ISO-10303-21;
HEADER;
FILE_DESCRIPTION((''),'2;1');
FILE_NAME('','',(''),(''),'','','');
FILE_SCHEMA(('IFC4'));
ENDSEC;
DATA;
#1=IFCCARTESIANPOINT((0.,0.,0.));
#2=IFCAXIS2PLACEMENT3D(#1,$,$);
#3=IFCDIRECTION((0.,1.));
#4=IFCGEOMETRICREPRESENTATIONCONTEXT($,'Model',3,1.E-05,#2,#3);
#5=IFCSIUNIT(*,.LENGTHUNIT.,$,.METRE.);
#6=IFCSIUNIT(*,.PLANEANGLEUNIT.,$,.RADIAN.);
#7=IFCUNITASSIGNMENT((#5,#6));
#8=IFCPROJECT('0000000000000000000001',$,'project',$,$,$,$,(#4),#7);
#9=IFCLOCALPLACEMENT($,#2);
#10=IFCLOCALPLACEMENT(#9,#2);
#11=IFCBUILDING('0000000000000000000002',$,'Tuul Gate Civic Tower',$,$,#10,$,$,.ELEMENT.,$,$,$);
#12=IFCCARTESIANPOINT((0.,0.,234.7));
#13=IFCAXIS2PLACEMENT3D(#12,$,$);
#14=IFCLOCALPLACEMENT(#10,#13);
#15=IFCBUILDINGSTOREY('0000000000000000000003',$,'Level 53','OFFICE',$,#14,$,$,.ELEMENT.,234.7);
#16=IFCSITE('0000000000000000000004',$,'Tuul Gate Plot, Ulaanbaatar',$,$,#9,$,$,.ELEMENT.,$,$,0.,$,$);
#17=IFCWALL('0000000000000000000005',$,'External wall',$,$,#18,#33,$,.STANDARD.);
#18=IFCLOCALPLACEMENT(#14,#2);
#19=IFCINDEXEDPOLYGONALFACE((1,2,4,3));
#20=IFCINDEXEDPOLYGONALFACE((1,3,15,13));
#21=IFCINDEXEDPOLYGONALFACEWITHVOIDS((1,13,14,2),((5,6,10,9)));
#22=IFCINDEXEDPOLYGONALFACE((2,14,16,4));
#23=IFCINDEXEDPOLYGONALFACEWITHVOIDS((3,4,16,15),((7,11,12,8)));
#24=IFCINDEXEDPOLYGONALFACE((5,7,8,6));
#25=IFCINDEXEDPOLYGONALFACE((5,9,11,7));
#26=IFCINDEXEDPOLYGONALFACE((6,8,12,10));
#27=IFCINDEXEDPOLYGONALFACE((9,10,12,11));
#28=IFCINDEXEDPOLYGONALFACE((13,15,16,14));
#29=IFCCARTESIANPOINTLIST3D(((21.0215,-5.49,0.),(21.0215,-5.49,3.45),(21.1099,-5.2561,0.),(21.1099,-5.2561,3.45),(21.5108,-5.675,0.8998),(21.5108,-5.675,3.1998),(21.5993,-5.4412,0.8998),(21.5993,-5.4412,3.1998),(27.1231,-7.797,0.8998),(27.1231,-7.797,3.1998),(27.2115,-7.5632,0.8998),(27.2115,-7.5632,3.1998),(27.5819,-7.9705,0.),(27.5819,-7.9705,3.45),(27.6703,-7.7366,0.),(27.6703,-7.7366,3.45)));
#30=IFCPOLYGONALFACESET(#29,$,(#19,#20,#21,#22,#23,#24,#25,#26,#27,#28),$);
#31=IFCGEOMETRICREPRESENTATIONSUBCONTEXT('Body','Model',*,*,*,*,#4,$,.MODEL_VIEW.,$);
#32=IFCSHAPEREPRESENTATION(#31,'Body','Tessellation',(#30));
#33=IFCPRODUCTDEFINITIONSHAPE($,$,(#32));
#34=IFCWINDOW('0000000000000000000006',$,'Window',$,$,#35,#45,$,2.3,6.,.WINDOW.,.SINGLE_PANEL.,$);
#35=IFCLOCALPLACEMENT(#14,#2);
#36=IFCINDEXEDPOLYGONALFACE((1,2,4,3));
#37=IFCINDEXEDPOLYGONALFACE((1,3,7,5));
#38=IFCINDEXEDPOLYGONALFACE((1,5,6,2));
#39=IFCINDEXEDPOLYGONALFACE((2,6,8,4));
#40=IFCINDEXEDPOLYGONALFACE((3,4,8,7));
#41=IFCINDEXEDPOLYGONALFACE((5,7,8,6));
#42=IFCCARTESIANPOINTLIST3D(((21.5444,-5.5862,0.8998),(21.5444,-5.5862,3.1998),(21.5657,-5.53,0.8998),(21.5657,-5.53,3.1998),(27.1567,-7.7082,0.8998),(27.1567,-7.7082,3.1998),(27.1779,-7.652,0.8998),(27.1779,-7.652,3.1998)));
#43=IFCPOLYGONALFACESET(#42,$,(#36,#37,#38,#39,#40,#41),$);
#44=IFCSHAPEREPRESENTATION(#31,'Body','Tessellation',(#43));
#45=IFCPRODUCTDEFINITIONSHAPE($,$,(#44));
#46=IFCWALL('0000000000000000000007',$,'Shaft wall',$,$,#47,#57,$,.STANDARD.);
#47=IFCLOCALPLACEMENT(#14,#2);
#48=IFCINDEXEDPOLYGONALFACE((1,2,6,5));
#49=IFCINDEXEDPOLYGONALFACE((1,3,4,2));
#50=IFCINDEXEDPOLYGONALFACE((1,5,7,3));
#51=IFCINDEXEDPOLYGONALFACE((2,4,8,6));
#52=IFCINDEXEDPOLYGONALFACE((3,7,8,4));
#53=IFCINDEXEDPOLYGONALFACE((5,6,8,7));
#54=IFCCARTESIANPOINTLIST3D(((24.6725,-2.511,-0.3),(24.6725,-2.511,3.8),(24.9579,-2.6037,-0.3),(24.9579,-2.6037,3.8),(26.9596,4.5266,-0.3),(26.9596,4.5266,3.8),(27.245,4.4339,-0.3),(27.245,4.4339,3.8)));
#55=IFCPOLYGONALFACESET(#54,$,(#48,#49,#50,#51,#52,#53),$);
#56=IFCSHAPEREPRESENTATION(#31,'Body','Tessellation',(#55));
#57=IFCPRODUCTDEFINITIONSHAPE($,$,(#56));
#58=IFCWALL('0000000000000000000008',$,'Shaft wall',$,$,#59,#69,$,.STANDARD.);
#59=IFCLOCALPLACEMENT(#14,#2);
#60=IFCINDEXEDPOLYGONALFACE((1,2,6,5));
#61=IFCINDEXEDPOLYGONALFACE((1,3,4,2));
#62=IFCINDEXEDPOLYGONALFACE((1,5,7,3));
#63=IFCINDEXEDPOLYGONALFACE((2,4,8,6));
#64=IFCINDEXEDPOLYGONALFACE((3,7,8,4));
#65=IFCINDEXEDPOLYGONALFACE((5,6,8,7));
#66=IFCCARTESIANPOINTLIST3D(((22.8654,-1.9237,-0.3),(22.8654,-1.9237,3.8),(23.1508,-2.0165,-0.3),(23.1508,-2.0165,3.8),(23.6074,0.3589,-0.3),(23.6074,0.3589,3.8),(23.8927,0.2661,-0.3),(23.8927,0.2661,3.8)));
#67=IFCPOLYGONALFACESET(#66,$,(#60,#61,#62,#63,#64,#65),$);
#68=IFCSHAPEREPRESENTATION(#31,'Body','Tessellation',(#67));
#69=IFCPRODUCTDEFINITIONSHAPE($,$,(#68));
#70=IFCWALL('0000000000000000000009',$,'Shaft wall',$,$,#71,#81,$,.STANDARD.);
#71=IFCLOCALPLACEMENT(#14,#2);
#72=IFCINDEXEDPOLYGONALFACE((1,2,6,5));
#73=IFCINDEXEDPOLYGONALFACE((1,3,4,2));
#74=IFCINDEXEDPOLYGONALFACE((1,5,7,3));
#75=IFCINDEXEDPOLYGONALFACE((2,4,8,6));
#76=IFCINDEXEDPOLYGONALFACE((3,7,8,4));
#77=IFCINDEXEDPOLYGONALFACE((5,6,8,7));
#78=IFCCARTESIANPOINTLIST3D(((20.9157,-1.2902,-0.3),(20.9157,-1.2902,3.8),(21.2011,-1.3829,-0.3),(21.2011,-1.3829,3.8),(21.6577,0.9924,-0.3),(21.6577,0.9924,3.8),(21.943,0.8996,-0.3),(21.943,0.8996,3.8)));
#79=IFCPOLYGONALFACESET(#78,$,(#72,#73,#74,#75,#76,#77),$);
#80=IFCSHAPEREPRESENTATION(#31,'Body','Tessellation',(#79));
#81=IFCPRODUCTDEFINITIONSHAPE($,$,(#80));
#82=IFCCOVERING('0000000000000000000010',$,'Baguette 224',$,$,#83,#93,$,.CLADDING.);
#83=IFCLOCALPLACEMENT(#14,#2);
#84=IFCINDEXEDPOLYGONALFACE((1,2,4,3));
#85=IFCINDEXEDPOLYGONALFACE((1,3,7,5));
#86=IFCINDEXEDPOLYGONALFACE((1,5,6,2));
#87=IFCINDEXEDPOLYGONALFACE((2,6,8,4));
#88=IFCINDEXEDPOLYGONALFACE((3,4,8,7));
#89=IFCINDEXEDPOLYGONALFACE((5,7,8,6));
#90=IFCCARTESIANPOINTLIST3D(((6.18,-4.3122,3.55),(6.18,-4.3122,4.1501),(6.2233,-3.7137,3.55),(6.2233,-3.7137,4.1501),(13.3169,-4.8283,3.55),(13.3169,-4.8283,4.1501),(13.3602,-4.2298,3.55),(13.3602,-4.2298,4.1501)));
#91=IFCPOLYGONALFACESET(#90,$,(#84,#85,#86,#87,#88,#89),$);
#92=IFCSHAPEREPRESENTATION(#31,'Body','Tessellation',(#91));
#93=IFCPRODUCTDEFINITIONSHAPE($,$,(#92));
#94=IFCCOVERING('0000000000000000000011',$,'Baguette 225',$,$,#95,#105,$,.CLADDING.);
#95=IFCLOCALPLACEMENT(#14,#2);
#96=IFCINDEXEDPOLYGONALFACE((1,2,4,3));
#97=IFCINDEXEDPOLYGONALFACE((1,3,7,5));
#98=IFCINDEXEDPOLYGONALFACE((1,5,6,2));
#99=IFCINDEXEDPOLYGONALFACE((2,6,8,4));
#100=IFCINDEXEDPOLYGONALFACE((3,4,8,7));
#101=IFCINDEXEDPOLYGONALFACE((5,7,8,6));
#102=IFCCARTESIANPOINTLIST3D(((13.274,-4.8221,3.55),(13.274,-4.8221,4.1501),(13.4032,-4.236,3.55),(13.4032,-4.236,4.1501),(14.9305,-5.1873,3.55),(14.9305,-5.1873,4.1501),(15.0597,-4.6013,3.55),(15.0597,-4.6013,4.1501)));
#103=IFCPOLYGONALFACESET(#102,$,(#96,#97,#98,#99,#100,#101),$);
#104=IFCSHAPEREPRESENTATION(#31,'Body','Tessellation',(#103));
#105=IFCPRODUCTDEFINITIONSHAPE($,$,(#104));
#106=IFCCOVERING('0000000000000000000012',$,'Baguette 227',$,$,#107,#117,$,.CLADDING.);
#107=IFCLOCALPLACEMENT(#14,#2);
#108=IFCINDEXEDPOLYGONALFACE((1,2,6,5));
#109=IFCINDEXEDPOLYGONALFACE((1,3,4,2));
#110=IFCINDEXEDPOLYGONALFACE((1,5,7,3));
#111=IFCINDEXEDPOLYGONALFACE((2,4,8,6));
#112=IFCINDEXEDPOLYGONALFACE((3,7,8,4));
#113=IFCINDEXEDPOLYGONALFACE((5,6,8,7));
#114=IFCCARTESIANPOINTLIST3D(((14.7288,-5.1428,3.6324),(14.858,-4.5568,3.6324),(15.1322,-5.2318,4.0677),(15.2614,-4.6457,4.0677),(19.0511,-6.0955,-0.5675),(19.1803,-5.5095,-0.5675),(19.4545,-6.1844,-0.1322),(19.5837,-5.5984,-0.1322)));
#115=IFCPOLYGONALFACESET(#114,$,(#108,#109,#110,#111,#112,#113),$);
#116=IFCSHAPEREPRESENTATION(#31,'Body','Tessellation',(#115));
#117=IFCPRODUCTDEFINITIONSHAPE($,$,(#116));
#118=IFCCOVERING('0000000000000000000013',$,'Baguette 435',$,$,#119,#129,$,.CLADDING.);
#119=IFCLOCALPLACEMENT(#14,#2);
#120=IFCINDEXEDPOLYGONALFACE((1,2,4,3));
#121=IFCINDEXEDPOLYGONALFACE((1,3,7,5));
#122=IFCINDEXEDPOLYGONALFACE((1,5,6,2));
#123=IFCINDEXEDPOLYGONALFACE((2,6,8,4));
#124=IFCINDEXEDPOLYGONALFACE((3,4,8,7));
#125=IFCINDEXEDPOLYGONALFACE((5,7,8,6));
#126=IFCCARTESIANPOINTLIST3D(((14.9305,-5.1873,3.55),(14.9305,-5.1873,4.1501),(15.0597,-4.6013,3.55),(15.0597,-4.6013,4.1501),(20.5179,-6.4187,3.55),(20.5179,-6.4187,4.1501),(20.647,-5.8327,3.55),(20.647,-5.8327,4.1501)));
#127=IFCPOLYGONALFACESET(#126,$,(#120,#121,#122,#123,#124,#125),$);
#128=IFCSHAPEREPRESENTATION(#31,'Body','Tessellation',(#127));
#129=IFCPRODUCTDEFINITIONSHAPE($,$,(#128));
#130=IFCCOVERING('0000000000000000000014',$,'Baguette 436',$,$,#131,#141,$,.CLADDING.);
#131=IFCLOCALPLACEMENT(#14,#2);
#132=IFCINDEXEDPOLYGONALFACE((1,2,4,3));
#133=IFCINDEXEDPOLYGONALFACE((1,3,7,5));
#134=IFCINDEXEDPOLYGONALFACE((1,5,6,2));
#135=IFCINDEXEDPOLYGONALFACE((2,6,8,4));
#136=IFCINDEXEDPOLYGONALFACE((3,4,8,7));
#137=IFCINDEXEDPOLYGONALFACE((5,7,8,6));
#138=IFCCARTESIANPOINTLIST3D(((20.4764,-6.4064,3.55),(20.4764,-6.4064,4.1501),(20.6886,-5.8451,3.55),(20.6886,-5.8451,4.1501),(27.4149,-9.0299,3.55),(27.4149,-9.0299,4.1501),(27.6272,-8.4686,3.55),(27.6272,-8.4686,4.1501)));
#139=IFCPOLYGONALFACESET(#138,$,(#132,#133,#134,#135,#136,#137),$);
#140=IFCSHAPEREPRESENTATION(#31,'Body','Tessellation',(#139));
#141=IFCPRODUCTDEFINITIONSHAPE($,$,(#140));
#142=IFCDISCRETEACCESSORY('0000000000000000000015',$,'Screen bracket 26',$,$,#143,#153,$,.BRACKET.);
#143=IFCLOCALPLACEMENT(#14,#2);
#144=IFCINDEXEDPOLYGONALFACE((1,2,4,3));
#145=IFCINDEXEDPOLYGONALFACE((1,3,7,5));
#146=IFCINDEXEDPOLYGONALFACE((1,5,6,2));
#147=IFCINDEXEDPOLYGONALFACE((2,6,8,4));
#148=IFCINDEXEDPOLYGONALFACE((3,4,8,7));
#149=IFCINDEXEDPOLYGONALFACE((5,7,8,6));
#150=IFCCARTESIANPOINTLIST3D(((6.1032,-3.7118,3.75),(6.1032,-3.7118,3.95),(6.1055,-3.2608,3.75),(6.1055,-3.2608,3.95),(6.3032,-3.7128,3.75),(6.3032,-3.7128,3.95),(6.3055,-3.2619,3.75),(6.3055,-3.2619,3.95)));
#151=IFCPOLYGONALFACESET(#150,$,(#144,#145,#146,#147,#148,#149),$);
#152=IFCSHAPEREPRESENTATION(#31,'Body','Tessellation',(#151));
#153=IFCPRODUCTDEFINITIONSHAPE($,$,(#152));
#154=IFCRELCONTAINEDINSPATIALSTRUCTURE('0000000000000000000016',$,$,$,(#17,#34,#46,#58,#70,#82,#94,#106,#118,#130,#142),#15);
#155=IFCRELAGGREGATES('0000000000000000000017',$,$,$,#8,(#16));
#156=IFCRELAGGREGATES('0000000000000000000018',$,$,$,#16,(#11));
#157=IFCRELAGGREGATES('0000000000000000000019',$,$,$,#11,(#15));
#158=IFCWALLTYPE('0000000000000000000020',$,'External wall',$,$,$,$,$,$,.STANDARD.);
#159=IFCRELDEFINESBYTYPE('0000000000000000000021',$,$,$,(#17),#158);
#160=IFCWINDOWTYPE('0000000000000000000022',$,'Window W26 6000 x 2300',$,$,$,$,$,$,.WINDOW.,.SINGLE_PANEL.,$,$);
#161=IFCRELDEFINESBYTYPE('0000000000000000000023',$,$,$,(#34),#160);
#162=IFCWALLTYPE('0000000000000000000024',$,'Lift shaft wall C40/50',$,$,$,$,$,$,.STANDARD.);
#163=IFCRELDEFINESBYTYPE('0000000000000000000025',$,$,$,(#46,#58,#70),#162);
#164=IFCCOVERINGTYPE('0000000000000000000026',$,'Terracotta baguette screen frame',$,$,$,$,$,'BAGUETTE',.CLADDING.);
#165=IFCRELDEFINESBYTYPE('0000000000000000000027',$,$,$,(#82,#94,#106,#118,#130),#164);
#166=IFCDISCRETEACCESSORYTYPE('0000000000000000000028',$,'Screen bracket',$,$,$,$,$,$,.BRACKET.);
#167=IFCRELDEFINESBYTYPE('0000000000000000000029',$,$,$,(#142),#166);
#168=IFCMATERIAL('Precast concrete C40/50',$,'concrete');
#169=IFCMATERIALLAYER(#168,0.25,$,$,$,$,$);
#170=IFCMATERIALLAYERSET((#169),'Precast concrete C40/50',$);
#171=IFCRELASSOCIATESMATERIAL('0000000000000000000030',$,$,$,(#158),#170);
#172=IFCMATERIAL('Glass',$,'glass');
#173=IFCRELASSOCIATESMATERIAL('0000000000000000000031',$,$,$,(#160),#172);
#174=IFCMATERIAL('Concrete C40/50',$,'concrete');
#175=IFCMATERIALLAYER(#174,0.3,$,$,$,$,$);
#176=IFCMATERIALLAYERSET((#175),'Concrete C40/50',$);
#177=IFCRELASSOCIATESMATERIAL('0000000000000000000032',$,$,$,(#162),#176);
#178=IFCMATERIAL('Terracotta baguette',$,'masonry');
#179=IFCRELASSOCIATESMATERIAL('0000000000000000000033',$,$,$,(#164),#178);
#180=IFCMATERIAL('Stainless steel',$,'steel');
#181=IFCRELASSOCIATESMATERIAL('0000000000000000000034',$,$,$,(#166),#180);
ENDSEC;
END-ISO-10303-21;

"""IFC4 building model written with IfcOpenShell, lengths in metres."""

from ifc_helpers import new_model, si_unit, direction, frame, frame_2d, origin, origin_2d, place, context, subcontext, project, spatial, rectangle, extrude, material, layer, layer_set, material_profile, profile_set, type_object, element, fill, save


model = new_model("IFC4")

# Units and contexts
model_context = context("Model", 3, precision=1e-05, world=origin(), true_north=direction((0.0, 1.0)))
body_context = subcontext(model_context, "Body", "Model", "MODEL_VIEW")
ifc_project = project(units=[si_unit("LENGTHUNIT", "METRE"), si_unit("PLANEANGLEUNIT", "RADIAN")], contexts=[model_context])

# Site, building, storey
site_placement = place(None, origin())
site = spatial("IfcSite", under=ifc_project, at=site_placement, Name="Tuul Gate Plot, Ulaanbaatar", CompositionType="ELEMENT", RefElevation=0.0)
building_placement = place(site_placement, origin())
building = spatial("IfcBuilding", under=site, at=building_placement, Name="Tuul Gate Civic Tower", CompositionType="ELEMENT")
storey_placement = place(building_placement, frame((0.0, 0.0, 234.7)))
storey = spatial("IfcBuildingStorey", under=building, at=storey_placement, Name="Level 53", Description="OFFICE", CompositionType="ELEMENT", Elevation=234.7)

# Wall, opening, window
ifc_material_1 = material(Name="Precast concrete C40/50", Category="concrete")
ifc_layer_1 = layer(ifc_material_1, 0.25)
ifc_layer_set_1 = layer_set([ifc_layer_1], Name="Precast concrete C40/50")
wall_type_1 = type_object("IfcWallType", Name="External wall", PredefinedType="STANDARD", material=ifc_layer_set_1)
ifc_material_2 = material(Name="Glass", Category="glass")
window_type = type_object("IfcWindowType", Name="Window W26 6000 x 2300", PartitioningType="SINGLE_PANEL", PredefinedType="WINDOW", material=ifc_material_2)
wall_1_placement = place(storey_placement, frame((21.0657, -5.373, 0.0), z_axis=(0.0, 0.0, 1.0), x_axis=(0.935372, -0.353667, 0.0)))
wall_1 = element("IfcWall", 1, at=wall_1_placement, inside=storey, type_object=wall_type_1, Name="External wall", PredefinedType="STANDARD", context=body_context, shape_type="SweptSolid", body=[
    extrude(rectangle(XDim=7.0137, YDim=0.25, at=frame_2d((3.5068, 0.0))), origin(), (0.0, 0.0, 1.0), 3.45),
])
opening_1_placement = place(wall_1_placement, frame((0.5232, 0.0, 0.8999)))
opening_1 = element("IfcOpeningElement", 2, at=opening_1_placement, cuts=wall_1, PredefinedType="OPENING", context=body_context, shape_type="SweptSolid", body=[
    extrude(rectangle(XDim=6.0, YDim=2.3, at=frame_2d((3.0, 1.1499))), frame((0.0, 0.135, 0.0), z_axis=(0.0, -1.0, 0.0), x_axis=(1.0, 0.0, 0.0)), (0.0, 0.0, 1.0), 0.27),
])
window_1_placement = place(opening_1_placement, origin())
window_1 = element("IfcWindow", 3, at=window_1_placement, inside=storey, type_object=window_type, Name="Window", OverallHeight=2.3, OverallWidth=6.0, PartitioningType="SINGLE_PANEL", PredefinedType="WINDOW", context=body_context, shape_type="SweptSolid", body=[
    extrude(rectangle(XDim=6.0, YDim=2.3, at=frame_2d((3.0, 1.1499))), frame((0.0, 0.03, 0.0), z_axis=(0.0, -1.0, 0.0), x_axis=(1.0, 0.0, 0.0)), (0.0, 0.0, 1.0), 0.0601),
])
fill(opening_1, window_1)

# Walls
ifc_material_3 = material(Name="Concrete C40/50", Category="concrete")
ifc_layer_2 = layer(ifc_material_3, 0.3)
ifc_layer_set_2 = layer_set([ifc_layer_2], Name="Concrete C40/50")
wall_type_2 = type_object("IfcWallType", Name="Lift shaft wall C40/50", PredefinedType="STANDARD", material=ifc_layer_set_2)
wall_2_placement = place(storey_placement, frame((24.8152, -2.5574, -0.3), z_axis=(0.0, 0.0, 1.0), x_axis=(0.309073, 0.951038, 0.0)))
element("IfcWall", 4, at=wall_2_placement, inside=storey, type_object=wall_type_2, Name="Shaft wall", PredefinedType="STANDARD", context=body_context, shape_type="SweptSolid", body=[
    extrude(rectangle(XDim=7.3999, YDim=0.3, at=frame_2d((3.7, 0.0))), origin(), (0.0, 0.0, 1.0), 4.1001),
])
for number, where, z_axis, x_axis, name in (
    (5, (23.0081, -1.9702, -0.3), (0.0, 0.0, 1.0), (0.309139, 0.951017, 0.0), "Shaft wall"),
    (6, (21.0583, -1.3367, -0.3), (0.0, 0.0, 1.0), (0.309139, 0.951017, 0.0), "Shaft wall"),
):
    element("IfcWall", number, at=place(storey_placement, frame(where, z_axis=z_axis, x_axis=x_axis)), inside=storey, type_object=wall_type_2, Name=name, PredefinedType="STANDARD", context=body_context, shape_type="SweptSolid", body=[
        extrude(rectangle(XDim=2.4001, YDim=0.3, at=frame_2d((1.2002, 0.0))), origin(), (0.0, 0.0, 1.0), 4.1001),
    ])

# Coverings
ifc_material_4 = material(Name="Terracotta baguette", Category="masonry")
ifc_material_profile_1 = material_profile(ifc_material_4, rectangle(XDim=0.6001, YDim=0.6001, at=origin_2d()), Name="Terracotta baguette screen frame")
ifc_profile_set_1 = profile_set([ifc_material_profile_1], Name="Terracotta baguette")
covering_type = type_object("IfcCoveringType", Name="Terracotta baguette screen frame", ElementType="BAGUETTE", PredefinedType="CLADDING", material=ifc_profile_set_1)
covering_1_placement = place(storey_placement, frame((6.2017, -4.0129, 3.8501), z_axis=(0.997395, -0.072127, 0.0), x_axis=(0.072127, 0.997395, 0.0)))
element("IfcCovering", 7, at=covering_1_placement, inside=storey, type_object=covering_type, Name="Baguette 224", PredefinedType="CLADDING", context=body_context, shape_type="SweptSolid", body=[
    extrude(rectangle(XDim=0.6001, YDim=0.6001, at=origin_2d()), origin(), (0.0, 0.0, 1.0), 7.1555),
])
covering_2_placement = place(storey_placement, frame((13.3386, -4.5291, 3.8501), z_axis=(0.976545, -0.215315, 0.0), x_axis=(0.215315, 0.976545, 0.0)))
element("IfcCovering", 8, at=covering_2_placement, inside=storey, type_object=covering_type, Name="Baguette 225", PredefinedType="CLADDING", context=body_context, shape_type="SweptSolid", body=[
    extrude(rectangle(XDim=0.6001, YDim=0.6001, at=origin_2d()), origin(), (0.0, 0.0, 1.0), 1.6963),
])
covering_3_placement = place(storey_placement, frame((14.9951, -4.8943, 3.8501), z_axis=(0.708386, -0.15613, -0.68834), x_axis=(0.215236, 0.976562, 0.0)))
element("IfcCovering", 9, at=covering_3_placement, inside=storey, type_object=covering_type, Name="Baguette 227", PredefinedType="CLADDING", context=body_context, shape_type="SweptSolid", body=[
    extrude(rectangle(XDim=0.6001, YDim=0.6001, at=origin_2d()), origin(), (0.0, 0.0, 1.0), 6.1016),
])
covering_4_placement = place(storey_placement, frame((14.9951, -4.8943, 3.8501), z_axis=(0.976563, -0.215231, 0.0), x_axis=(0.215231, 0.976563, 0.0)))
element("IfcCovering", 10, at=covering_4_placement, inside=storey, type_object=covering_type, Name="Baguette 435", PredefinedType="CLADDING", context=body_context, shape_type="SweptSolid", body=[
    extrude(rectangle(XDim=0.6001, YDim=0.6001, at=origin_2d()), origin(), (0.0, 0.0, 1.0), 5.7214),
])
covering_5_placement = place(storey_placement, frame((20.5825, -6.1257, 3.8501), z_axis=(0.935368, -0.353676, 0.0), x_axis=(0.353676, 0.935368, 0.0)))
element("IfcCovering", 11, at=covering_5_placement, inside=storey, type_object=covering_type, Name="Baguette 436", PredefinedType="CLADDING", context=body_context, shape_type="SweptSolid", body=[
    extrude(rectangle(XDim=0.6001, YDim=0.6001, at=origin_2d()), origin(), (0.0, 0.0, 1.0), 7.418),
])

# Discrete accessory
ifc_material_5 = material(Name="Stainless steel", Category="steel")
discrete_accessory_type = type_object("IfcDiscreteAccessoryType", Name="Screen bracket", PredefinedType="BRACKET", material=ifc_material_5)
discrete_accessory_placement = place(storey_placement, frame((6.2043, -3.4868, 3.75), z_axis=(0.0, 0.0, 1.0), x_axis=(-0.005096, -0.999987, 0.0)))
element("IfcDiscreteAccessory", 12, at=discrete_accessory_placement, inside=storey, type_object=discrete_accessory_type, Name="Screen bracket 26", PredefinedType="BRACKET", context=body_context, shape_type="SweptSolid", body=[
    extrude(rectangle(XDim=0.4509, YDim=0.2, at=origin_2d()), origin(), (0.0, 0.0, 1.0), 0.2),
])

save(model, "model.ifc")
